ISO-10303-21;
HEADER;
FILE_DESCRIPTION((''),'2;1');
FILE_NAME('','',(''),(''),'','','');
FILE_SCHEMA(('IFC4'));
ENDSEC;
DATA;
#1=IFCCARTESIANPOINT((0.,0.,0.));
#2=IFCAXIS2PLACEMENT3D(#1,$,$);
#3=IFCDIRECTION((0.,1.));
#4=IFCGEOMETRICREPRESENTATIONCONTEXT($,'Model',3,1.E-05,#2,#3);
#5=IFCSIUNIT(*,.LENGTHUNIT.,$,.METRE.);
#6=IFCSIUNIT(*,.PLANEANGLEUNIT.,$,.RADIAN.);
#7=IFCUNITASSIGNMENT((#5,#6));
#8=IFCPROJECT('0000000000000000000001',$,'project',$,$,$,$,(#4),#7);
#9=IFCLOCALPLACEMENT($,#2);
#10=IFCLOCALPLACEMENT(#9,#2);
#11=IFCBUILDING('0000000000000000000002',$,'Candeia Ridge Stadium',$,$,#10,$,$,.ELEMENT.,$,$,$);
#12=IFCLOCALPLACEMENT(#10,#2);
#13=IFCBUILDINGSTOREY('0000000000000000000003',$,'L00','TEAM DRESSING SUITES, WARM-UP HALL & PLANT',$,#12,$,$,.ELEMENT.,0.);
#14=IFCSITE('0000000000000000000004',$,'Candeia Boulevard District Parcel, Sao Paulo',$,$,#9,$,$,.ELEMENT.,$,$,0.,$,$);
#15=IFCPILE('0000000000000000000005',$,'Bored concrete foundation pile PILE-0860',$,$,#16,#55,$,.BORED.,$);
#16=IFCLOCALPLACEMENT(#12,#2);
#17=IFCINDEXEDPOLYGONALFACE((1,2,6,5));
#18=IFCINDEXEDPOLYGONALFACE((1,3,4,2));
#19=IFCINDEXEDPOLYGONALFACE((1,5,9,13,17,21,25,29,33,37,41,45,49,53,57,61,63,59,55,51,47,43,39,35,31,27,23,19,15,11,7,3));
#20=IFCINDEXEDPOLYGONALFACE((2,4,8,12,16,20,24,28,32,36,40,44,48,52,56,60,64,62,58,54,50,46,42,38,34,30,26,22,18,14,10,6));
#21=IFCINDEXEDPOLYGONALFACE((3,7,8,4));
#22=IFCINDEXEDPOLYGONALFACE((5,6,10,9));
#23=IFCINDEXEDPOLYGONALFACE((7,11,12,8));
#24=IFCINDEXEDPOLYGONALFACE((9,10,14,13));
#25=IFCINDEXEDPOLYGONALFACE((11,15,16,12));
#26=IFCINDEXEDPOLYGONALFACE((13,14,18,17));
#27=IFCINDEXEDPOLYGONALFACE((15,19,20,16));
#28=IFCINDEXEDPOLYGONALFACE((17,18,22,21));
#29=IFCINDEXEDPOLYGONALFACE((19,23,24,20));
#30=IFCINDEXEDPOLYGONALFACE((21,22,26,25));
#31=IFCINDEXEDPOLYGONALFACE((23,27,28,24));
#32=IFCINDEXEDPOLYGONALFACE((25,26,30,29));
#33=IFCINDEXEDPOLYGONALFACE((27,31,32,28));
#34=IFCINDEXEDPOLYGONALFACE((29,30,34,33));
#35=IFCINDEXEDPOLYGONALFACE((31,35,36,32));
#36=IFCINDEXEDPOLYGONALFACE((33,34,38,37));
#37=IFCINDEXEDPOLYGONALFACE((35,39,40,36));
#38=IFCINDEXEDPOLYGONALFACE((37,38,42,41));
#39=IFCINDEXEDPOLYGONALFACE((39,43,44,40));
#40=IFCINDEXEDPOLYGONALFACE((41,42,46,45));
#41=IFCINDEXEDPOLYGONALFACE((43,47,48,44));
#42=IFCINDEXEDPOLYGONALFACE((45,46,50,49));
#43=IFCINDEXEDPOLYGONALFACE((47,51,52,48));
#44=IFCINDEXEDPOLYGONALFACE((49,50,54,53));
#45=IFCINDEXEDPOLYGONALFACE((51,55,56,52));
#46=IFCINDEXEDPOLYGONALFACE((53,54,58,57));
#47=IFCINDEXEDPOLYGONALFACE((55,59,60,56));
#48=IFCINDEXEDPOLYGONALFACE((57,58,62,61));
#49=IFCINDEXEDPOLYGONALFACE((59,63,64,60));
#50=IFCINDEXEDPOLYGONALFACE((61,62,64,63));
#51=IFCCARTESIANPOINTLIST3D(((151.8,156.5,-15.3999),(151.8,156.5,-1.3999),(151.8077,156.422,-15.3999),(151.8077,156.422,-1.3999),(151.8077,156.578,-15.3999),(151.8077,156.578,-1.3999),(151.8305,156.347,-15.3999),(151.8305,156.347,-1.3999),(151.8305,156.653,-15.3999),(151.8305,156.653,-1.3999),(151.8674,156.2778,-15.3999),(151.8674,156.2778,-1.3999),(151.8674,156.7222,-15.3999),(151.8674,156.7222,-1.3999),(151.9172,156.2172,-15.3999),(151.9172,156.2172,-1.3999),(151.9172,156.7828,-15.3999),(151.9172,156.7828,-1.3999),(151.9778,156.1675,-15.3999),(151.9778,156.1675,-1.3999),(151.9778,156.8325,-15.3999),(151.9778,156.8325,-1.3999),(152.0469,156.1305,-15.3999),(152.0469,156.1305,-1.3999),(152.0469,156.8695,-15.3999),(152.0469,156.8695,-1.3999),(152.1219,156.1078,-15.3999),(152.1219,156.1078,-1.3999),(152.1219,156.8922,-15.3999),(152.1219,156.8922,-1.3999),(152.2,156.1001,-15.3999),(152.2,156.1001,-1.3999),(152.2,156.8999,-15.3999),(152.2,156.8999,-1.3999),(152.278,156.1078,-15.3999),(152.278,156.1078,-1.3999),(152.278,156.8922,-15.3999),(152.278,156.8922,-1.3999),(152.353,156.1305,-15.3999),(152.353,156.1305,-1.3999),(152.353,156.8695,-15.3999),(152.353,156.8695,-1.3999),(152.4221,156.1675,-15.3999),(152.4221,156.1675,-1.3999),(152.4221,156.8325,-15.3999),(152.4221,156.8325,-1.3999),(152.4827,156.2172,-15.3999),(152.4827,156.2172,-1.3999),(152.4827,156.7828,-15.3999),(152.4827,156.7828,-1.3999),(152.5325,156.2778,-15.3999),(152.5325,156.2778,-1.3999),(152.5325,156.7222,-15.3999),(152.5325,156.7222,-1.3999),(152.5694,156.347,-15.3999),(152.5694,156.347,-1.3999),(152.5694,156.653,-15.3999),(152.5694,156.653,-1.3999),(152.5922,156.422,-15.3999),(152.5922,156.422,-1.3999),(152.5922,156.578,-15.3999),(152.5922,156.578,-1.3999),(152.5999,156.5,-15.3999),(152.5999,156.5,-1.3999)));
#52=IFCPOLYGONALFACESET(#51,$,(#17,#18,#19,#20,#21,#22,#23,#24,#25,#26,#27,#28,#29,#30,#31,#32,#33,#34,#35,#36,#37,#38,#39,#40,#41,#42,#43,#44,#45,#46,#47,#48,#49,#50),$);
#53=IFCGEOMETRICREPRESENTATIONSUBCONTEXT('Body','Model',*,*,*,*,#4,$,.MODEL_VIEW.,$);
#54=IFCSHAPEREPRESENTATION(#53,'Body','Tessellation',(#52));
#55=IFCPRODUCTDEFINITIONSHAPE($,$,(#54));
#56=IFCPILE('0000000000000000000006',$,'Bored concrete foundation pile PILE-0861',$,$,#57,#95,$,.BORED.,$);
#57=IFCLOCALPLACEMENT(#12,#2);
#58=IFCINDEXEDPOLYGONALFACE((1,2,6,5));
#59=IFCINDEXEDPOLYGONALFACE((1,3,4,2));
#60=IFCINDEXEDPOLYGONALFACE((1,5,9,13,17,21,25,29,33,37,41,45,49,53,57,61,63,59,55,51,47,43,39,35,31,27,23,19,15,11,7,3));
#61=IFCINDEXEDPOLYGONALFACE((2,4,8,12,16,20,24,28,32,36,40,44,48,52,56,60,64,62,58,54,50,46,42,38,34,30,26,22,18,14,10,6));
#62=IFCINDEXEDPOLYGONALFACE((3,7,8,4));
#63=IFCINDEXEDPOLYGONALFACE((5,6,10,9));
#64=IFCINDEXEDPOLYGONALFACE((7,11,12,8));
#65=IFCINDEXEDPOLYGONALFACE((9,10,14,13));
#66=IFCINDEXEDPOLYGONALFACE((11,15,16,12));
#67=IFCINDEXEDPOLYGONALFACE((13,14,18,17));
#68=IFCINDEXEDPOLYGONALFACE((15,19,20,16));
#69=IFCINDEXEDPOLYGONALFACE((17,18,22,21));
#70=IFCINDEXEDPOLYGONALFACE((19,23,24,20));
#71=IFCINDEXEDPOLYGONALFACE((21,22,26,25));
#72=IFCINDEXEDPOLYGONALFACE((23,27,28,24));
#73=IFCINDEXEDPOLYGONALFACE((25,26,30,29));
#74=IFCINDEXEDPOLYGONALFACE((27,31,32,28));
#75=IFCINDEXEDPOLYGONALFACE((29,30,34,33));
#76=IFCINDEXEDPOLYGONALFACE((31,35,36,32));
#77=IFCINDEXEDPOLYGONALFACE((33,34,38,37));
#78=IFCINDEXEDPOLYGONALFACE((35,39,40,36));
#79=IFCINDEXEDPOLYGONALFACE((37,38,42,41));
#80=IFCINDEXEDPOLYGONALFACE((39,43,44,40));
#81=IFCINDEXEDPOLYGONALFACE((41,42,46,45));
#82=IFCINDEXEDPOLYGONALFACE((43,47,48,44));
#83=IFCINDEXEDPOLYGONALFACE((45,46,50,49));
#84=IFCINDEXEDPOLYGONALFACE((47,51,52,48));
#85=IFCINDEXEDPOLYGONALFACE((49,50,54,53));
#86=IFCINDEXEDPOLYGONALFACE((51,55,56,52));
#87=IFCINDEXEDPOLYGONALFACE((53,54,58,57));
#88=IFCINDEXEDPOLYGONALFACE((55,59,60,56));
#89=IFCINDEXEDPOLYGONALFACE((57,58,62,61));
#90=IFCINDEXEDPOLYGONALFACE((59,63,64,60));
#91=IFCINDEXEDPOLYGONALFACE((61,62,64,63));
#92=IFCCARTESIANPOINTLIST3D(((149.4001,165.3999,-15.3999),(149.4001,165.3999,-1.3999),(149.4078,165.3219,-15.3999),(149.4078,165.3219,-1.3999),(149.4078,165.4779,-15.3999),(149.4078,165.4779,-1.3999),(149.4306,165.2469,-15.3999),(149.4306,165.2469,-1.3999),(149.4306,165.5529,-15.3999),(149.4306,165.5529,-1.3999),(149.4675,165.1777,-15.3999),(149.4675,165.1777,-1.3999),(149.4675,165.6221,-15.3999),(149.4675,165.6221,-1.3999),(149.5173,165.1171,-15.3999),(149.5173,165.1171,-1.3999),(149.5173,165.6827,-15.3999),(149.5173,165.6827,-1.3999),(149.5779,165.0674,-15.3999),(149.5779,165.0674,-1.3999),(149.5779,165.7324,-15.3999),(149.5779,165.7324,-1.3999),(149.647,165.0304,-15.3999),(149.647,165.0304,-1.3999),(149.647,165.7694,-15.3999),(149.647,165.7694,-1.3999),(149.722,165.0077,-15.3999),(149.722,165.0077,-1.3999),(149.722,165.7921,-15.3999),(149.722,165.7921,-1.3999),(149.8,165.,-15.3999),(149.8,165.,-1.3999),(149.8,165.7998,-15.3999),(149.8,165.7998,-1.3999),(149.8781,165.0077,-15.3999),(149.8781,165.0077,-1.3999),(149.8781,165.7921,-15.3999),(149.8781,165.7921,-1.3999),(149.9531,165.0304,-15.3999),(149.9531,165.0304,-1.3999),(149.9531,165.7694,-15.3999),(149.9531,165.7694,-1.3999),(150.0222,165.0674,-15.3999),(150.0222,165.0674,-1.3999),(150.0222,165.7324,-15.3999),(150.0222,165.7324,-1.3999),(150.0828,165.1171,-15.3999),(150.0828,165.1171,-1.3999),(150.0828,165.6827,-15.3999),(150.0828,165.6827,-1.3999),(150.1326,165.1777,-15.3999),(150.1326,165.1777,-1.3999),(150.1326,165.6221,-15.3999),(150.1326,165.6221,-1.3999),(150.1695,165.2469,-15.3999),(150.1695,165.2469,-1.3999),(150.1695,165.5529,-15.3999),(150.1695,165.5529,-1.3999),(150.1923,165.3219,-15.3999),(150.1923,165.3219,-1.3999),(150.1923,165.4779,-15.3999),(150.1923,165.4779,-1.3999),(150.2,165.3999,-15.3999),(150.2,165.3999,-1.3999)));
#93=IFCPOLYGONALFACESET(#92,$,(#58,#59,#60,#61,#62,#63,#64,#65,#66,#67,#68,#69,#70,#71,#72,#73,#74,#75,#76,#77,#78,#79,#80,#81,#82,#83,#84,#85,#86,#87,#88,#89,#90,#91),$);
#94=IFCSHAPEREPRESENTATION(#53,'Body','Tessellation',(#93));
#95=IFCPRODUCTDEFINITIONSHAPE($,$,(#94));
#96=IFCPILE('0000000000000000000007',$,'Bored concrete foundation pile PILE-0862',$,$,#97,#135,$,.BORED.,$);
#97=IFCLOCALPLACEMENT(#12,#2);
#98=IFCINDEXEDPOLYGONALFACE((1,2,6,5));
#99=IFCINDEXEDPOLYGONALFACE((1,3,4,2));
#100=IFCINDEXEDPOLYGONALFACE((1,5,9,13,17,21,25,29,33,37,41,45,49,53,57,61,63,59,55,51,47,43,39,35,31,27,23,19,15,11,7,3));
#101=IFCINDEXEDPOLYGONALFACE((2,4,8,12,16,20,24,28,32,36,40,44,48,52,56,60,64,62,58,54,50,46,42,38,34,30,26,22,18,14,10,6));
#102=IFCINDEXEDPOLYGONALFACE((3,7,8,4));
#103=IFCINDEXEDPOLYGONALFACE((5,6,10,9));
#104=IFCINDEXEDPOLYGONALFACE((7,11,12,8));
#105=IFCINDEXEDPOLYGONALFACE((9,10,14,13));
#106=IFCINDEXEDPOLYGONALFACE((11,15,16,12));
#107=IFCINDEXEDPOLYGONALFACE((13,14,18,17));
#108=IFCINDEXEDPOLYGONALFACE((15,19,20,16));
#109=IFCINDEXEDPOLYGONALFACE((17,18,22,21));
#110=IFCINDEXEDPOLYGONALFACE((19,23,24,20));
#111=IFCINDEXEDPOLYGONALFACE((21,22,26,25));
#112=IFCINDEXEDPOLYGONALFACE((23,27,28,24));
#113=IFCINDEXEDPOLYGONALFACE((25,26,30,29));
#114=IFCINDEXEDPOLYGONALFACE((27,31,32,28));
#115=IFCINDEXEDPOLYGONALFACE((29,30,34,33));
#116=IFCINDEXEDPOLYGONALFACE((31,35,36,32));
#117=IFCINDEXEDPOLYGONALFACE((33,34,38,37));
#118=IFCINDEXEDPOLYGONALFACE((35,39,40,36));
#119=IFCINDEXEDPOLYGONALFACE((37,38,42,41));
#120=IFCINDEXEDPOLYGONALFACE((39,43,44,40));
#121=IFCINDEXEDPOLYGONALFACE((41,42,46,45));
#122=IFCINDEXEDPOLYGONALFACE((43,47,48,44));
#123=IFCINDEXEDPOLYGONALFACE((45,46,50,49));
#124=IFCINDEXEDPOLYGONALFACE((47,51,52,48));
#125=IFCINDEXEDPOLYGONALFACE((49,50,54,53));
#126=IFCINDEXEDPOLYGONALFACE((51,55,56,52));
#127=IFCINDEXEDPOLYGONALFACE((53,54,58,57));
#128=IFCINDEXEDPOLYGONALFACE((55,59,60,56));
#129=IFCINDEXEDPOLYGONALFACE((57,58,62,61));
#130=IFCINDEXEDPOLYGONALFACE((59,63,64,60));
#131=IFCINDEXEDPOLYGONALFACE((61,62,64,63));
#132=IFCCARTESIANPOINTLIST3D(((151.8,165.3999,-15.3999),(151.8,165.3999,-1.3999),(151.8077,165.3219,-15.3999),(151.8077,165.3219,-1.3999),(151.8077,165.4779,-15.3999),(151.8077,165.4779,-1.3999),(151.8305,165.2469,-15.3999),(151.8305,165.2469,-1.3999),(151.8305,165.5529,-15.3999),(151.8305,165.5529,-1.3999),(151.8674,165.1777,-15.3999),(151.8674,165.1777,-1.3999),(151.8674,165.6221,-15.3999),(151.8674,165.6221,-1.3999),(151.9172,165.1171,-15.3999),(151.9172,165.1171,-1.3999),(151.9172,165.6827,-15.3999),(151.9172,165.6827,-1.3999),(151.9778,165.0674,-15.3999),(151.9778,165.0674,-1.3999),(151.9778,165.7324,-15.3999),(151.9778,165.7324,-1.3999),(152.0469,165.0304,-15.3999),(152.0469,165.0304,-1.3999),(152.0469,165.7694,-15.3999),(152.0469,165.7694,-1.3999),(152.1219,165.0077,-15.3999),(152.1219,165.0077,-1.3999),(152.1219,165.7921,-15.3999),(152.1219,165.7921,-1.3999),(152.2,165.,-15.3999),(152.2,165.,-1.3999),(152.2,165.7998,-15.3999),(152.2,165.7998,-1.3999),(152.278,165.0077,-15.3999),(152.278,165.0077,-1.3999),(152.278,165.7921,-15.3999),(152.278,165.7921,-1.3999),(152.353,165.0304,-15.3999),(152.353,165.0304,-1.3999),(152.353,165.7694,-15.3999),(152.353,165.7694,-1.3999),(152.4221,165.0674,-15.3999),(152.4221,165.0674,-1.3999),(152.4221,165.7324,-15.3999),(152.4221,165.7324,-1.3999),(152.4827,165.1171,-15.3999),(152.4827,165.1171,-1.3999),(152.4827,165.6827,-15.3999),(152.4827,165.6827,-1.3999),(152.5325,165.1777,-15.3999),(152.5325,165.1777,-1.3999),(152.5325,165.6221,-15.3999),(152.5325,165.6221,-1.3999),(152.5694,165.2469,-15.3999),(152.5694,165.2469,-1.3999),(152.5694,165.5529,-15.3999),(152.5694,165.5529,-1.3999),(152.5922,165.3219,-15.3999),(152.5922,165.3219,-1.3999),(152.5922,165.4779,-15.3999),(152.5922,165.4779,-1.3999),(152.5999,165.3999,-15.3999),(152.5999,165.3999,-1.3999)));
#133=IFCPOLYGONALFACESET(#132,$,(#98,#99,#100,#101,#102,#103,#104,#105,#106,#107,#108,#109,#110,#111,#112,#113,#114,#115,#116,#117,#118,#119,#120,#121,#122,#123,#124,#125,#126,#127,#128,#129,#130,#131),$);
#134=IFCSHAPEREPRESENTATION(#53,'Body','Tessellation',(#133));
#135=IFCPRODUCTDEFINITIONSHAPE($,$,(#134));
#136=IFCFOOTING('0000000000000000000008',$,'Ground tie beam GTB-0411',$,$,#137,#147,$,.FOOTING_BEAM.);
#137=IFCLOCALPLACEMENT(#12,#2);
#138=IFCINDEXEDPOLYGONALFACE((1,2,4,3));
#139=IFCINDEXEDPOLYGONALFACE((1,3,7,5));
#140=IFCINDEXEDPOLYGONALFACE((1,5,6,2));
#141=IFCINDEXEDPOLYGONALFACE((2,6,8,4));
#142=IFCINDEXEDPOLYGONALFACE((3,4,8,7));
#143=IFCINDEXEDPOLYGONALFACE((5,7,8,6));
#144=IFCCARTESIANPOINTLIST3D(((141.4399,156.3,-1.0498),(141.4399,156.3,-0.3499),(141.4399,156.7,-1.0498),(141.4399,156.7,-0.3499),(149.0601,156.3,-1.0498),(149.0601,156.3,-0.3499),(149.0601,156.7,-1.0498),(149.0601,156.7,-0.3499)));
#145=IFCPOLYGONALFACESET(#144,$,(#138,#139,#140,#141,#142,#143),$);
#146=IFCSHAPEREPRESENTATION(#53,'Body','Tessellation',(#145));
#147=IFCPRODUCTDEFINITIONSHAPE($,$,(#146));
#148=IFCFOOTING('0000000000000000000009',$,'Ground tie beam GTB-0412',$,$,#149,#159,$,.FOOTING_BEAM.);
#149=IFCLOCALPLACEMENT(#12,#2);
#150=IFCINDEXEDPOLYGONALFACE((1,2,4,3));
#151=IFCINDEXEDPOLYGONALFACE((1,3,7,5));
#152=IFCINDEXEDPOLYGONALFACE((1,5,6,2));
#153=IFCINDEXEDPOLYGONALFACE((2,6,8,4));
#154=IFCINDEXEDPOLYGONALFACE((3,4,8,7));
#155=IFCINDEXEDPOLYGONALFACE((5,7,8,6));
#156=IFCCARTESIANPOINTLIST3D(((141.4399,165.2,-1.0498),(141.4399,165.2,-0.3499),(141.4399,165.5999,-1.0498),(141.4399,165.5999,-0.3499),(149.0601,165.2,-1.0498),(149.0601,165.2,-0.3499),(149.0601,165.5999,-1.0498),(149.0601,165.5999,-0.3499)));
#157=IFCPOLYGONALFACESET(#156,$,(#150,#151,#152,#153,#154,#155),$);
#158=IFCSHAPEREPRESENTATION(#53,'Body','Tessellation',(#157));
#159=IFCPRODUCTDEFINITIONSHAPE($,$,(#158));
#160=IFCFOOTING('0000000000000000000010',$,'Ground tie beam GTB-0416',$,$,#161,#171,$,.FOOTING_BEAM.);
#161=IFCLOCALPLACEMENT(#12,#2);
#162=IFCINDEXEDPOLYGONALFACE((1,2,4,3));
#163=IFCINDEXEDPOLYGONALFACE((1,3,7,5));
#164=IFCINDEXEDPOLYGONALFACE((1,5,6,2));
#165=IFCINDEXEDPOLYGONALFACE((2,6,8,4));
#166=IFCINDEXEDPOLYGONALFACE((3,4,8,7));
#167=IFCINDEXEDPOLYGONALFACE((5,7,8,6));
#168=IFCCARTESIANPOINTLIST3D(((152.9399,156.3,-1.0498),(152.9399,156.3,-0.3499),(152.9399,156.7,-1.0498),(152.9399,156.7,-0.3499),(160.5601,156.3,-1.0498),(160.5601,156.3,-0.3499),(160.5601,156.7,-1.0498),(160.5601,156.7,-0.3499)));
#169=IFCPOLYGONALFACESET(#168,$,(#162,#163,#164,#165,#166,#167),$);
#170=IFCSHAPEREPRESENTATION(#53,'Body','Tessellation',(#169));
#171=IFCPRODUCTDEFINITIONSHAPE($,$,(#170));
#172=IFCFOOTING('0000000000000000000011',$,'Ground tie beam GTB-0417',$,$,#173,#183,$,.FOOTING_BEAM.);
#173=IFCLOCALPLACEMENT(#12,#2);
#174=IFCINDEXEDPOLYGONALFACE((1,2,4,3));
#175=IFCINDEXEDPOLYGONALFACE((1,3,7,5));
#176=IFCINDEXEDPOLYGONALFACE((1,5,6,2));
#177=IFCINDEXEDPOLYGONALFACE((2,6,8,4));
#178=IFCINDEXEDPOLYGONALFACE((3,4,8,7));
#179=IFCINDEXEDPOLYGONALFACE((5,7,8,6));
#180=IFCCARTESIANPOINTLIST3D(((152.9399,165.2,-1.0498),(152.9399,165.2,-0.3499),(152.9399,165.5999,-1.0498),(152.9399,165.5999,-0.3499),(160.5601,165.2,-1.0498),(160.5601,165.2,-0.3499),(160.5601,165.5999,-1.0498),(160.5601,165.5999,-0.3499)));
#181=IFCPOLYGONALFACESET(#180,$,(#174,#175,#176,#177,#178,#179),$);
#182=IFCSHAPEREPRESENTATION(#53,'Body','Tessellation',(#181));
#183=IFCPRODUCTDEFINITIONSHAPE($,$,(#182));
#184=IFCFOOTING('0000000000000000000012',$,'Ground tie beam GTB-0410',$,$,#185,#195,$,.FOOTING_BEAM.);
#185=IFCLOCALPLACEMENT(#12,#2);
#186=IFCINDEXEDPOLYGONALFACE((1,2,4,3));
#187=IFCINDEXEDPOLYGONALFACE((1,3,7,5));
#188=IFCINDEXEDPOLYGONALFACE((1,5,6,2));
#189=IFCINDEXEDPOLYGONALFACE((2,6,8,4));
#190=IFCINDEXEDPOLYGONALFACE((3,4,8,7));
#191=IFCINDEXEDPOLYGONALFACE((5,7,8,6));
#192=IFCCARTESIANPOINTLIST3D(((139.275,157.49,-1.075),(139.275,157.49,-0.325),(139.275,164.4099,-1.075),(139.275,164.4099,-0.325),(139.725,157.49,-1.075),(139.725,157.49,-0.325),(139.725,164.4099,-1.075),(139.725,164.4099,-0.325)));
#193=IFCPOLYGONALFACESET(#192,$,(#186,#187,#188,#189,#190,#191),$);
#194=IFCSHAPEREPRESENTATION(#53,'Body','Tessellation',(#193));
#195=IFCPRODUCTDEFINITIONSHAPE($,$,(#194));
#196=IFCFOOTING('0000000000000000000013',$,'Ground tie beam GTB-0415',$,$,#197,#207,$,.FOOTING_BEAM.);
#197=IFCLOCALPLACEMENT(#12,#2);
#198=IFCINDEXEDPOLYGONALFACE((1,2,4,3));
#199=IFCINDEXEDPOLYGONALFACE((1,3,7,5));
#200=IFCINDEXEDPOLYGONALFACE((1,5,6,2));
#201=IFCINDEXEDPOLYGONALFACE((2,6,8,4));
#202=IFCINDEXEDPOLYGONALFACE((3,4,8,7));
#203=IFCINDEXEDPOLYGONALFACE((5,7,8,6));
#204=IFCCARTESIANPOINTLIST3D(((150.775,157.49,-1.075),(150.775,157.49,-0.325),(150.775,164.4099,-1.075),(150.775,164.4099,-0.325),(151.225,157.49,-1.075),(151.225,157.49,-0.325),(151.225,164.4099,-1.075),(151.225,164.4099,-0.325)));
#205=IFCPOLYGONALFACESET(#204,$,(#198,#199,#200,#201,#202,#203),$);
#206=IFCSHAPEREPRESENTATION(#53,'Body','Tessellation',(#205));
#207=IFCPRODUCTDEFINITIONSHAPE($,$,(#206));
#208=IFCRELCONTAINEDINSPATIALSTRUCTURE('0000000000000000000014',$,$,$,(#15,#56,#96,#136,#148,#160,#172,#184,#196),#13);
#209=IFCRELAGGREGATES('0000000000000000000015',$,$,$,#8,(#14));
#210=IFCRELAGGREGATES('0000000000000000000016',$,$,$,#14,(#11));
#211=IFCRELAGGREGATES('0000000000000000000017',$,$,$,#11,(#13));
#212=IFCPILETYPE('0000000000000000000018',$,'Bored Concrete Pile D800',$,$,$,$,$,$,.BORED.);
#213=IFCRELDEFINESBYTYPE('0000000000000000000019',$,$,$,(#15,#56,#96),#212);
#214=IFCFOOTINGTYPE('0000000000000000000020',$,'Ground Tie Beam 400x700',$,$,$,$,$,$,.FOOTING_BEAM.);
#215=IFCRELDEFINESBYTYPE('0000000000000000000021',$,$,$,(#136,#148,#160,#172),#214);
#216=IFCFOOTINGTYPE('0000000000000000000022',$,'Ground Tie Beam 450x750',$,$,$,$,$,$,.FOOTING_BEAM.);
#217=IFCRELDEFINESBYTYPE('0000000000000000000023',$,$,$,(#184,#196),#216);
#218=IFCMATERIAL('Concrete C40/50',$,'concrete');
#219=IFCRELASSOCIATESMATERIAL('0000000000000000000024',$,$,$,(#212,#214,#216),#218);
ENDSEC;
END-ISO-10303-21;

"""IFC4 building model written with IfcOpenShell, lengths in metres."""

from ifc_helpers import new_model, si_unit, direction, frame, origin, origin_2d, place, context, subcontext, project, spatial, rectangle, circle, extrude, material, material_profile, profile_set, type_object, element, save


model = new_model("IFC4")

# Units and contexts
model_context = context("Model", 3, precision=1e-05, world=origin(), true_north=direction((0.0, 1.0)))
body_context = subcontext(model_context, "Body", "Model", "MODEL_VIEW")
ifc_project = project(units=[si_unit("LENGTHUNIT", "METRE"), si_unit("PLANEANGLEUNIT", "RADIAN")], contexts=[model_context])

# Site, building, storey
site_placement = place(None, origin())
site = spatial("IfcSite", under=ifc_project, at=site_placement, Name="Candeia Boulevard District Parcel, Sao Paulo", CompositionType="ELEMENT", RefElevation=0.0)
building_placement = place(site_placement, origin())
building = spatial("IfcBuilding", under=site, at=building_placement, Name="Candeia Ridge Stadium", CompositionType="ELEMENT")
storey_placement = place(building_placement, origin())
storey = spatial("IfcBuildingStorey", under=building, at=storey_placement, Name="L00", Description="TEAM DRESSING SUITES, WARM-UP HALL & PLANT", CompositionType="ELEMENT", Elevation=0.0)

# Piles
ifc_material_1 = material(Name="Concrete C40/50", Category="concrete")
ifc_material_profile_1 = material_profile(ifc_material_1, circle(Radius=0.3999, at=origin_2d()), Name="PILE-D800", Category="concrete")
ifc_profile_set_1 = profile_set([ifc_material_profile_1], Name="Concrete C40/50")
pile_type = type_object("IfcPileType", Name="Bored Concrete Pile D800", PredefinedType="BORED", material=ifc_profile_set_1)
for number, where, z_axis, x_axis, name in (
    (1, (152.2, 156.5, -1.3999), (0.0, 0.0, -1.0), (1.0, 0.0, 0.0), "Bored concrete foundation pile PILE-0860"),
    (2, (149.8, 165.3999, -1.3999), (0.0, 0.0, -1.0), (1.0, 0.0, 0.0), "Bored concrete foundation pile PILE-0861"),
    (3, (152.2, 165.3999, -1.3999), (0.0, 0.0, -1.0), (1.0, 0.0, 0.0), "Bored concrete foundation pile PILE-0862"),
):
    element("IfcPile", number, at=place(storey_placement, frame(where, z_axis=z_axis, x_axis=x_axis)), inside=storey, type_object=pile_type, Name=name, PredefinedType="BORED", context=body_context, shape_type="SweptSolid", body=[
        extrude(circle(Radius=0.3999, at=origin_2d()), origin(), (0.0, 0.0, 1.0), 14.0),
    ])

# Footings
footing_type_1 = type_object("IfcFootingType", Name="Ground Tie Beam 400x700", PredefinedType="FOOTING_BEAM", material=ifc_material_1)
for number, where, z_axis, x_axis, name in (
    (4, (145.25, 156.5, -1.0498), (0.0, 0.0, 1.0), (1.0, 0.0, 0.0), "Ground tie beam GTB-0411"),
    (5, (145.25, 165.3999, -1.0498), (0.0, 0.0, 1.0), (1.0, 0.0, 0.0), "Ground tie beam GTB-0412"),
    (6, (156.75, 156.5, -1.0498), (0.0, 0.0, 1.0), (1.0, 0.0, 0.0), "Ground tie beam GTB-0416"),
    (7, (156.75, 165.3999, -1.0498), (0.0, 0.0, 1.0), (1.0, 0.0, 0.0), "Ground tie beam GTB-0417"),
):
    element("IfcFooting", number, at=place(storey_placement, frame(where, z_axis=z_axis, x_axis=x_axis)), inside=storey, type_object=footing_type_1, Name=name, PredefinedType="FOOTING_BEAM", context=body_context, shape_type="SweptSolid", body=[
        extrude(rectangle(XDim=7.6201, YDim=0.3999, at=origin_2d()), origin(), (0.0, 0.0, 1.0), 0.7),
    ])
footing_type_2 = type_object("IfcFootingType", Name="Ground Tie Beam 450x750", PredefinedType="FOOTING_BEAM", material=ifc_material_1)
for number, where, z_axis, x_axis, name in (
    (8, (139.5, 160.95, -1.075), (0.0, 0.0, 1.0), (0.0, 1.0, 0.0), "Ground tie beam GTB-0410"),
    (9, (151.0, 160.95, -1.075), (0.0, 0.0, 1.0), (0.0, 1.0, 0.0), "Ground tie beam GTB-0415"),
):
    element("IfcFooting", number, at=place(storey_placement, frame(where, z_axis=z_axis, x_axis=x_axis)), inside=storey, type_object=footing_type_2, Name=name, PredefinedType="FOOTING_BEAM", context=body_context, shape_type="SweptSolid", body=[
        extrude(rectangle(XDim=6.9199, YDim=0.45, at=origin_2d()), origin(), (0.0, 0.0, 1.0), 0.75),
    ])

save(model, "model.ifc")
